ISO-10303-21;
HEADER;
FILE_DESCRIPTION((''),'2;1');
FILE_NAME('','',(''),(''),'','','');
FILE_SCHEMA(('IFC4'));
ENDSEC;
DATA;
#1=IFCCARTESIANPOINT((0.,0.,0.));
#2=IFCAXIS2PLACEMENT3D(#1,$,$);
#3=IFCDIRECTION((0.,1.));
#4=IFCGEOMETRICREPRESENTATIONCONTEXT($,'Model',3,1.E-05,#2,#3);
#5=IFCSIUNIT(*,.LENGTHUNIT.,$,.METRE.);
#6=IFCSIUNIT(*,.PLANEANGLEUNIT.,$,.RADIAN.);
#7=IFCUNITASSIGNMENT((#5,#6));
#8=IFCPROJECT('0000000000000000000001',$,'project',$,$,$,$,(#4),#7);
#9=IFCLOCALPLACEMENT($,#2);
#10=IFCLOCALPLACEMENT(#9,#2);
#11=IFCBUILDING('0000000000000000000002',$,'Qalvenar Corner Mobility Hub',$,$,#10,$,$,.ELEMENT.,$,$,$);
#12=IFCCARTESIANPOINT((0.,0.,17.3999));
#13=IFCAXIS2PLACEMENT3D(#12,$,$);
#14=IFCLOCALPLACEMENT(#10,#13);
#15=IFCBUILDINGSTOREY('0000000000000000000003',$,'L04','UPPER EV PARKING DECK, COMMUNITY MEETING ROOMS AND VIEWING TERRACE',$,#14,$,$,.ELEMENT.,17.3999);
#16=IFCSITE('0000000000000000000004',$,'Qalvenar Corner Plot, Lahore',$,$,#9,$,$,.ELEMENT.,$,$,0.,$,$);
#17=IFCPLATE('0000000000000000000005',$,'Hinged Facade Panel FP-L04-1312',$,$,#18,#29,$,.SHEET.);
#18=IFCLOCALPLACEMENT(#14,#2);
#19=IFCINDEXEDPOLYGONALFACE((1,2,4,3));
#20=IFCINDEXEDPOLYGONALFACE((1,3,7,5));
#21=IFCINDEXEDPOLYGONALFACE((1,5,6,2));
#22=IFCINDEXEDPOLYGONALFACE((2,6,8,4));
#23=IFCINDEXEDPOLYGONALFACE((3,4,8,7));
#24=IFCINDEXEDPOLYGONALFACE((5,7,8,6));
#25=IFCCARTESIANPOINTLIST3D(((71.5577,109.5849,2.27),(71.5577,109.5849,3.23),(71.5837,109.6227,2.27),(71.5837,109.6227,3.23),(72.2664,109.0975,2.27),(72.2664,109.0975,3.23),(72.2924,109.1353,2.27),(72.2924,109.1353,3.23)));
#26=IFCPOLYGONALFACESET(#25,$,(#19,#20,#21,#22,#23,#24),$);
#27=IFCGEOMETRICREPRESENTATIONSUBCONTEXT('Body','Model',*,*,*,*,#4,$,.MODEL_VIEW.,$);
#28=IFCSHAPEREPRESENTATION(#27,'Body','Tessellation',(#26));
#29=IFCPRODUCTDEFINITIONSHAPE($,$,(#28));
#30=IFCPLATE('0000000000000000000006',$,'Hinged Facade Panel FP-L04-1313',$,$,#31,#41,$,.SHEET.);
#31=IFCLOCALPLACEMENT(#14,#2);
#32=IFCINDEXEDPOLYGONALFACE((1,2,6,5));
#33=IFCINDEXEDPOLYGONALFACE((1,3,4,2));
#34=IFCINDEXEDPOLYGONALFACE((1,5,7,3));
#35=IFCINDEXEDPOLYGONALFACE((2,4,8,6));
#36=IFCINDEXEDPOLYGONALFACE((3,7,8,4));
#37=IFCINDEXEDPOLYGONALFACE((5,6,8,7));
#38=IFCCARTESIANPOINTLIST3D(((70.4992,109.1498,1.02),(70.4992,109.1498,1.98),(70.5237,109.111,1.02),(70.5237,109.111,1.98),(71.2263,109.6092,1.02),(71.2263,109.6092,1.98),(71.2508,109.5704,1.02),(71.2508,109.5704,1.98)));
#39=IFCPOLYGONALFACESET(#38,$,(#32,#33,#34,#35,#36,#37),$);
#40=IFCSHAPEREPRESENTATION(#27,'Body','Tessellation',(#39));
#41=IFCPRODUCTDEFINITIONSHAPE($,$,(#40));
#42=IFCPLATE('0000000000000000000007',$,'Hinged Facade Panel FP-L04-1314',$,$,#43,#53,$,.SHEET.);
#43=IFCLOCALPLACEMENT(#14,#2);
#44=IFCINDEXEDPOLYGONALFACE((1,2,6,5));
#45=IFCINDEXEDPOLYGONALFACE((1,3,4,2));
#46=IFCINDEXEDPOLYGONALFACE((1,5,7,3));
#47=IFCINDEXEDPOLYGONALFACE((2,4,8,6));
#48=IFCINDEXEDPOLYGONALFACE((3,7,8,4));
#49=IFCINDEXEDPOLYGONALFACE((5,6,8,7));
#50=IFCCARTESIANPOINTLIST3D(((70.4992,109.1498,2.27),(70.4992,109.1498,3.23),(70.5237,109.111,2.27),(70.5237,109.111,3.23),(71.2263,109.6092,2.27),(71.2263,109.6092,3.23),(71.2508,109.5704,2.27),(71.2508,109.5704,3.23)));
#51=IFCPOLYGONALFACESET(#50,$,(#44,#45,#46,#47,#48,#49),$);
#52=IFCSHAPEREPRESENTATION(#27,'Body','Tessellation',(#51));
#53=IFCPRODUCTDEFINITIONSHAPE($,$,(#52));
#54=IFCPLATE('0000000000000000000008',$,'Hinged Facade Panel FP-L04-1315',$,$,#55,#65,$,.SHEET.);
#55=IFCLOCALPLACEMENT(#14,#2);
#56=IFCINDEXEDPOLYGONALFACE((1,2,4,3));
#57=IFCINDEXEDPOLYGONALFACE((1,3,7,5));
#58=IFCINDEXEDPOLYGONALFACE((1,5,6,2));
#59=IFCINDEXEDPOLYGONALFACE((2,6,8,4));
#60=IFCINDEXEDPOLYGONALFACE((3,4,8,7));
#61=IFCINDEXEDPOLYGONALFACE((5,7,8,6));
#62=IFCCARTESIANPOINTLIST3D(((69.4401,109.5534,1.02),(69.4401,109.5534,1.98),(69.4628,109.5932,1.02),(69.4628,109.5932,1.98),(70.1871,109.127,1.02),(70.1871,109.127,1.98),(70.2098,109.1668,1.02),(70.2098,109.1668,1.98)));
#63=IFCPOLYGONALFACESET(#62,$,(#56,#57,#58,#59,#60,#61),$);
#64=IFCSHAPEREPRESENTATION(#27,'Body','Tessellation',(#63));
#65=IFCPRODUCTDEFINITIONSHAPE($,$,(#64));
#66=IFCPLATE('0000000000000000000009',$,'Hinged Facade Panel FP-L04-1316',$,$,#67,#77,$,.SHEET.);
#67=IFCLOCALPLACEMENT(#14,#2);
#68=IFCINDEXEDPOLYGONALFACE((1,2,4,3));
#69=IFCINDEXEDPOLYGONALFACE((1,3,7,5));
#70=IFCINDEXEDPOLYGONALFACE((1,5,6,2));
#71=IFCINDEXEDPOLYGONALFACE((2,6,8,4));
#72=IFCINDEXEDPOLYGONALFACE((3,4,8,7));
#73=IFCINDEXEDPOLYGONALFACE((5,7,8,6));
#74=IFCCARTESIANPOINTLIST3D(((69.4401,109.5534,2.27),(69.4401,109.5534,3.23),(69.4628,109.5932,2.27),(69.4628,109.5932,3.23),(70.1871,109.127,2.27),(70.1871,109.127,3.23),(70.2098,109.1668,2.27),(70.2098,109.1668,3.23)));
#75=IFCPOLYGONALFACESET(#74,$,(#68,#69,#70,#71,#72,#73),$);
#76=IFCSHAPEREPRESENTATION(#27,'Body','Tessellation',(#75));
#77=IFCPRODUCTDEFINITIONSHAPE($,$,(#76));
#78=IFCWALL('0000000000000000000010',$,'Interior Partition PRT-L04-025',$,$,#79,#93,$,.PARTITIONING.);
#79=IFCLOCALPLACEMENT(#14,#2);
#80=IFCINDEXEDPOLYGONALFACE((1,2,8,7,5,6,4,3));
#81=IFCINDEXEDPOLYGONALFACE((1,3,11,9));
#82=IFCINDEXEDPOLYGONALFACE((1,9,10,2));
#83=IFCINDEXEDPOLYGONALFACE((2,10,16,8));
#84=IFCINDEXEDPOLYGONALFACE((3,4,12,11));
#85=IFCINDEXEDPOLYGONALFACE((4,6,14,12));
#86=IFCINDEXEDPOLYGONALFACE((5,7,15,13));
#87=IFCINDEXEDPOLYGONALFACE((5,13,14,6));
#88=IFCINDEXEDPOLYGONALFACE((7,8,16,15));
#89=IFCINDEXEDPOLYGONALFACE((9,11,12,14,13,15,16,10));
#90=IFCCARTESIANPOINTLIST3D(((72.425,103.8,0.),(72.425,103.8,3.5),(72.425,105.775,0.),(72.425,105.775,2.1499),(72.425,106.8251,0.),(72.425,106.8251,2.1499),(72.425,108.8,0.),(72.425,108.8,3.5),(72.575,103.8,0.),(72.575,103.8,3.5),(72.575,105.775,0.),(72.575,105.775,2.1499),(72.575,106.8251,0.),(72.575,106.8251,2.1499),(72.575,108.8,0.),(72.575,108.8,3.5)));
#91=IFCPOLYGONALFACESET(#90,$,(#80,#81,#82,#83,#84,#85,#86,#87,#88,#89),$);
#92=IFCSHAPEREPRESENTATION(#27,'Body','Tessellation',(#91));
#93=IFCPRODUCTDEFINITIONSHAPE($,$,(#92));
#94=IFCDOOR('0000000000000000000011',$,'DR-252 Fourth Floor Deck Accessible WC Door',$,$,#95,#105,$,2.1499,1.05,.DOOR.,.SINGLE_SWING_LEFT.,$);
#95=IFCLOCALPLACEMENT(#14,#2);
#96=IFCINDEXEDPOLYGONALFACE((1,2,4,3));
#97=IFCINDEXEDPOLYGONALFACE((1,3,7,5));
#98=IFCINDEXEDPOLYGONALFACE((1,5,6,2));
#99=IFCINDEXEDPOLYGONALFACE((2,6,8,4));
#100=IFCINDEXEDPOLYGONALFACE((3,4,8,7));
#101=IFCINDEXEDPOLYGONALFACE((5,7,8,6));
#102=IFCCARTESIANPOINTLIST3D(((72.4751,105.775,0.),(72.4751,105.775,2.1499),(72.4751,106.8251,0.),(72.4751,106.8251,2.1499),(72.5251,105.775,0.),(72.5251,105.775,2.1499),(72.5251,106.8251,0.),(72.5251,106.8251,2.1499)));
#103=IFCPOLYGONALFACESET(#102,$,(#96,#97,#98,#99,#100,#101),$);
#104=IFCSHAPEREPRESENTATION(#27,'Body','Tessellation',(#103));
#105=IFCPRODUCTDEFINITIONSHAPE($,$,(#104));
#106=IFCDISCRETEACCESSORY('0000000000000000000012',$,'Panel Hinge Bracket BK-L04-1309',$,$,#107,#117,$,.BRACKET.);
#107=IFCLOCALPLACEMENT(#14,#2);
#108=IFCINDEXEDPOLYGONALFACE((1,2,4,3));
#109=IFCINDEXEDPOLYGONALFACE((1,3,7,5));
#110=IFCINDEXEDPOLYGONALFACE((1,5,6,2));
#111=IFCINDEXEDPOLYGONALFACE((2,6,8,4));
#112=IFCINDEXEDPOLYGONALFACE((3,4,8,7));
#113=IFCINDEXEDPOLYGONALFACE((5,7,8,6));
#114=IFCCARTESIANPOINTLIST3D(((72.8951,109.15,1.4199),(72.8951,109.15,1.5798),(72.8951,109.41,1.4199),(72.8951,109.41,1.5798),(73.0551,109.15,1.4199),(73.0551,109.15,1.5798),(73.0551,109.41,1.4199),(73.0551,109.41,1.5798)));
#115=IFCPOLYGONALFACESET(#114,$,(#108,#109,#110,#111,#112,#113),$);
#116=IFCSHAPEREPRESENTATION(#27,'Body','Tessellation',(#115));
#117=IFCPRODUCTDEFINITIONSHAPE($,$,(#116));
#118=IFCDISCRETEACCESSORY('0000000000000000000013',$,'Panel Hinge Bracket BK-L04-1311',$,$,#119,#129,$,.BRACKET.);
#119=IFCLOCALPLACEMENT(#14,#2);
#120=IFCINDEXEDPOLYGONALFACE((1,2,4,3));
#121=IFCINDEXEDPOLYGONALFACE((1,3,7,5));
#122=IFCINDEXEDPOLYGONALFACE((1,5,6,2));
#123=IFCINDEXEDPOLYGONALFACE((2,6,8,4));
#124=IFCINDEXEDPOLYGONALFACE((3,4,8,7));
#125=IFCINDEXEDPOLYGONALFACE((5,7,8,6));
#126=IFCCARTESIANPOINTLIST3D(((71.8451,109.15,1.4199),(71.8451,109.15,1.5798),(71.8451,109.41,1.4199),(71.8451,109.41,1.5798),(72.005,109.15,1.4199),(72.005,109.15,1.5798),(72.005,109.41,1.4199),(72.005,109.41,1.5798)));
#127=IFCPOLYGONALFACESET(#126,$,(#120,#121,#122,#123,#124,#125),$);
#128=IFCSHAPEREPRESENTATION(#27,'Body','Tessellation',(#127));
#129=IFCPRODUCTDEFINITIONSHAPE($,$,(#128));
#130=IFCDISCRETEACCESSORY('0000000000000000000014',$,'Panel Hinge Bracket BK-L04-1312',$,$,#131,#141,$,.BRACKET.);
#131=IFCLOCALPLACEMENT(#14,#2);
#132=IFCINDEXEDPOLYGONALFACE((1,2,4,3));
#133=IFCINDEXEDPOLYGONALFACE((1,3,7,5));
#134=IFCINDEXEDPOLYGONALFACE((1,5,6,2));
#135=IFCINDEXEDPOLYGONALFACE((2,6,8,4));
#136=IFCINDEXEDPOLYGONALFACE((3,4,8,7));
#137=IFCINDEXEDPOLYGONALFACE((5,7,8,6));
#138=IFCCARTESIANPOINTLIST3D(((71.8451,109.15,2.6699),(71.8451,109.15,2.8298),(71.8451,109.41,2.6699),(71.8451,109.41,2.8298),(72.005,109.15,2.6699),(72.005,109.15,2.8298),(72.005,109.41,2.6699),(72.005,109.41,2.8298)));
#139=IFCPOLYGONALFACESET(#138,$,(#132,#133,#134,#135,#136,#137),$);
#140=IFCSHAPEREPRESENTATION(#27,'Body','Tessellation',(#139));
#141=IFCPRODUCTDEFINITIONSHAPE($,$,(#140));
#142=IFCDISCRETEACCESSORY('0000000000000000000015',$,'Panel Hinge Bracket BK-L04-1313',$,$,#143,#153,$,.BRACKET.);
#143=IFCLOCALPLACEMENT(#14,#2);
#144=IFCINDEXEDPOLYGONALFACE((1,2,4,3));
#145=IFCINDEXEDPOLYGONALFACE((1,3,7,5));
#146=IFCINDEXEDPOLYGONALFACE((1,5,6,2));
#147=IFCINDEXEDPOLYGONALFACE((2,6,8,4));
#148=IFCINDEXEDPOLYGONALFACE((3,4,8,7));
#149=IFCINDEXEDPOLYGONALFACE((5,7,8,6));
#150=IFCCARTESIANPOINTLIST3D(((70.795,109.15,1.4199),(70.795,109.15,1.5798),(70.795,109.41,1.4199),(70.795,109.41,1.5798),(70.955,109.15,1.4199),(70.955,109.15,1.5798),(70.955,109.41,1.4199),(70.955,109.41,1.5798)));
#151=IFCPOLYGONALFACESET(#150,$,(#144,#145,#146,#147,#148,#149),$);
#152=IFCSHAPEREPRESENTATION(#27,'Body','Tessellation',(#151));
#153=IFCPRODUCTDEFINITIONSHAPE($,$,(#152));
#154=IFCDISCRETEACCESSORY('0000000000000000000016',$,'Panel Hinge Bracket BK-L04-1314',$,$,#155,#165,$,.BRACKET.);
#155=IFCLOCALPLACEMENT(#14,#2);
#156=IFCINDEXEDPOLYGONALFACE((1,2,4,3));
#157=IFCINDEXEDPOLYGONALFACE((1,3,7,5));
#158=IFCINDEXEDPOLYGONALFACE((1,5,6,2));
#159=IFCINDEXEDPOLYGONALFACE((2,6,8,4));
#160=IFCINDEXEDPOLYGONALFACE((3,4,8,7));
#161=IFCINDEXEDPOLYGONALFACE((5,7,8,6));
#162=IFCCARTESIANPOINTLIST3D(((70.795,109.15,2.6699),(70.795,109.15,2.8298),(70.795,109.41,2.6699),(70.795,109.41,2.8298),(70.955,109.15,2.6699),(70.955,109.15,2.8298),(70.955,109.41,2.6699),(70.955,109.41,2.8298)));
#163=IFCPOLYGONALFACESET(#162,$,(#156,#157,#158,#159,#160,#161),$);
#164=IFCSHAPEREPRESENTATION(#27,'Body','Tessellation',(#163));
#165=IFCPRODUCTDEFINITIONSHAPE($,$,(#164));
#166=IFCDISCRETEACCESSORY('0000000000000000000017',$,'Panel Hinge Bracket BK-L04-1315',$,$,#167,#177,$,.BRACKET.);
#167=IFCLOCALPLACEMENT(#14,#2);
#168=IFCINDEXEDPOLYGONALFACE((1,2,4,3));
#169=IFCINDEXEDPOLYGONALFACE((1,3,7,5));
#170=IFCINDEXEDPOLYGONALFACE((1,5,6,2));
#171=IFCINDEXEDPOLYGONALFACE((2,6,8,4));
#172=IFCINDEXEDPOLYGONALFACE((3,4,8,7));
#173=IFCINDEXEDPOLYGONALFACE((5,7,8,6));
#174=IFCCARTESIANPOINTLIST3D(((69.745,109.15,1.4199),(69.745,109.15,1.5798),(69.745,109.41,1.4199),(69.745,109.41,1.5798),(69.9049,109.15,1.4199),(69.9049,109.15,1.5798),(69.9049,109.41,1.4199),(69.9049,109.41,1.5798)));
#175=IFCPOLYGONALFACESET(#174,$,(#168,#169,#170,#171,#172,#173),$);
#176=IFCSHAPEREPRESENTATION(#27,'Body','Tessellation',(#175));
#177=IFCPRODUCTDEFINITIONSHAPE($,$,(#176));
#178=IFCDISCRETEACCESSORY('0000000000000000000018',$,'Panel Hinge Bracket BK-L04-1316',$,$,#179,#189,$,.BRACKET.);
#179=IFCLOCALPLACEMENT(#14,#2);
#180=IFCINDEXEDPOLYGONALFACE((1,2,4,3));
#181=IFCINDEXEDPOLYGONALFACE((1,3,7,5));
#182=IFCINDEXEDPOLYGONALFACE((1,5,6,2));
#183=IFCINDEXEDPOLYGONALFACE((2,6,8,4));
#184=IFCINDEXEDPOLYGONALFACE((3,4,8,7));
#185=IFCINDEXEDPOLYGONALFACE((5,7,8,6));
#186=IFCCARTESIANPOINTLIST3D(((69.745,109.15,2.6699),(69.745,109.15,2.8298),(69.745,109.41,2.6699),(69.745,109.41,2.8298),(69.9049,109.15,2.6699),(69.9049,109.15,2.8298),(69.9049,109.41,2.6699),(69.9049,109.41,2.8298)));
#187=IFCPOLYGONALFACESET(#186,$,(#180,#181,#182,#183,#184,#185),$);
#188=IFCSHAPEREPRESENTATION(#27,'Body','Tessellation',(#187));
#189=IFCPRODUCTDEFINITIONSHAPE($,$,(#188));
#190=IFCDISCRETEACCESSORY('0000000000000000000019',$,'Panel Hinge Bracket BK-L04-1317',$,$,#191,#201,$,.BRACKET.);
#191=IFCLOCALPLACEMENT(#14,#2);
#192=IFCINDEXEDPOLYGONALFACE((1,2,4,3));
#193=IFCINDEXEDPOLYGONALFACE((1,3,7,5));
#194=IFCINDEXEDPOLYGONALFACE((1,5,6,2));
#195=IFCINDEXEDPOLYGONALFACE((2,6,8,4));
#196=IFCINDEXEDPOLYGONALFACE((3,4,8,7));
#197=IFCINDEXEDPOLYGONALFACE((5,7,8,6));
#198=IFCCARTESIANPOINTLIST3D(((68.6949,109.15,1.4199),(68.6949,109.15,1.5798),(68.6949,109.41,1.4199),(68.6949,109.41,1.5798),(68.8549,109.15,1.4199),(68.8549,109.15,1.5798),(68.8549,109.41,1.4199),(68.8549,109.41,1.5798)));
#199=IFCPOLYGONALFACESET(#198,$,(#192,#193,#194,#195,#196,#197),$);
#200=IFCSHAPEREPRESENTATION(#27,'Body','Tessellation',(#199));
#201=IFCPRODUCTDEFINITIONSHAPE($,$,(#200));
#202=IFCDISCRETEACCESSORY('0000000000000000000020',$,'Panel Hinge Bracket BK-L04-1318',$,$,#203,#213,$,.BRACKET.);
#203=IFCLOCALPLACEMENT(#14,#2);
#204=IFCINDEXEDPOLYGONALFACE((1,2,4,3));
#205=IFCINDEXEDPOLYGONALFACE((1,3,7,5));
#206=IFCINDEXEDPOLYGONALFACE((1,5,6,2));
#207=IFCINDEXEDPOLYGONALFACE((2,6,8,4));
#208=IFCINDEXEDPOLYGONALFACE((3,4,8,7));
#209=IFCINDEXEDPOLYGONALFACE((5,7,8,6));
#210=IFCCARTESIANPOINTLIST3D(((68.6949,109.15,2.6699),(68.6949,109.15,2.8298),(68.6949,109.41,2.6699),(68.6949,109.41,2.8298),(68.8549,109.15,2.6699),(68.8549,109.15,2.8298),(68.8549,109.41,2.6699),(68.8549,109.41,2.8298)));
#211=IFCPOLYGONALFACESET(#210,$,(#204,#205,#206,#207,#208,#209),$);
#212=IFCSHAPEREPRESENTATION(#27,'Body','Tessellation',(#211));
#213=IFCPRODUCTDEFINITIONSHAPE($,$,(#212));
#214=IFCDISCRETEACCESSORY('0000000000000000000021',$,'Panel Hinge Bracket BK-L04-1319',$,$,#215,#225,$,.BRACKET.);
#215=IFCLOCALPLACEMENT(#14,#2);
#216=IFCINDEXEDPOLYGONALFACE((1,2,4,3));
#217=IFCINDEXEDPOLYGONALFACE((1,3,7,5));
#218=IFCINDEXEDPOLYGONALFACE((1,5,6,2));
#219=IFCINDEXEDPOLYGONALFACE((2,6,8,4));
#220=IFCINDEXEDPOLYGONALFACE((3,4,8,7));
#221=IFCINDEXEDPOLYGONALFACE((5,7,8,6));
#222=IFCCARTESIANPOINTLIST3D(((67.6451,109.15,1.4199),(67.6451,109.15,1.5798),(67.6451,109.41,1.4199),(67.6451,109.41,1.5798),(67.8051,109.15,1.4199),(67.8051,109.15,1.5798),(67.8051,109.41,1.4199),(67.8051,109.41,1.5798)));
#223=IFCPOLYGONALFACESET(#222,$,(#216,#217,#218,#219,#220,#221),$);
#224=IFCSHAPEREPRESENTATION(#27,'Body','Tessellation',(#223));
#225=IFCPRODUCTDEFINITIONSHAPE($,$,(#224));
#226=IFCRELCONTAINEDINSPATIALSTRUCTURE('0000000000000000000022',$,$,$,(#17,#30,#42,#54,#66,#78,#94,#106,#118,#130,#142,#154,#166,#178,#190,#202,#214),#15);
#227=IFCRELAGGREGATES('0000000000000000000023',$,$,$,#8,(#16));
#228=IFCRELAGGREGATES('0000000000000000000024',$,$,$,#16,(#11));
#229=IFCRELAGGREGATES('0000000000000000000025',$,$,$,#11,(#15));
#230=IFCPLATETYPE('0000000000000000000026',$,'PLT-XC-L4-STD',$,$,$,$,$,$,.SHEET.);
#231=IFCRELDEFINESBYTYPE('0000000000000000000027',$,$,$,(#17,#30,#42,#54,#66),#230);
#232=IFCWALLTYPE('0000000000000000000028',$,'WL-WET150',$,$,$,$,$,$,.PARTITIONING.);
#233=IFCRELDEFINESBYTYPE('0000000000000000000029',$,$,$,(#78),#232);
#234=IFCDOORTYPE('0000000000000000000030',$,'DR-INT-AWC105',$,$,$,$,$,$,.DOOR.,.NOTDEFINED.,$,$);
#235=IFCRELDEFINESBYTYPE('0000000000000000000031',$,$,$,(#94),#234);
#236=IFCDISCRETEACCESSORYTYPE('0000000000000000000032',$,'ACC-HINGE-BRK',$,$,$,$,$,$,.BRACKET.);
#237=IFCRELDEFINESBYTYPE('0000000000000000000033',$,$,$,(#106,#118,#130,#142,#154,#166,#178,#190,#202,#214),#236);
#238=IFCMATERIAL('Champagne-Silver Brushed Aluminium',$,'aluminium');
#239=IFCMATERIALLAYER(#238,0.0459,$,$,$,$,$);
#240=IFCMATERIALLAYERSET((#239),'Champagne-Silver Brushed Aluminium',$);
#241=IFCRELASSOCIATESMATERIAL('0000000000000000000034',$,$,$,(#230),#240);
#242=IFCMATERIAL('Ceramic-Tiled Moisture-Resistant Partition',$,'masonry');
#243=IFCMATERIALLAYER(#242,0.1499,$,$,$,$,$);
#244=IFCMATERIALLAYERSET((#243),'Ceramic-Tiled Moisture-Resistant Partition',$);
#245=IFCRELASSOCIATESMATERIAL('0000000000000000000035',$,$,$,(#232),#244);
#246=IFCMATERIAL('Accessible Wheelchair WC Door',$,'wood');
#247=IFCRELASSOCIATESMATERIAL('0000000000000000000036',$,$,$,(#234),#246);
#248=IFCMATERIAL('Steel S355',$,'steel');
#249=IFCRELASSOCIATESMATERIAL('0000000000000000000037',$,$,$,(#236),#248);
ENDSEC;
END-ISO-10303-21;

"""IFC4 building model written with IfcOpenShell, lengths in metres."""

from ifc_helpers import new_model, si_unit, direction, frame, frame_2d, origin, origin_2d, place, context, subcontext, project, spatial, rectangle, extrude, material, layer, layer_set, type_object, element, fill, save


model = new_model("IFC4")

# Units and contexts
model_context = context("Model", 3, precision=1e-05, world=origin(), true_north=direction((0.0, 1.0)))
body_context = subcontext(model_context, "Body", "Model", "MODEL_VIEW")
ifc_project = project(units=[si_unit("LENGTHUNIT", "METRE"), si_unit("PLANEANGLEUNIT", "RADIAN")], contexts=[model_context])

# Site, building, storey
site_placement = place(None, origin())
site = spatial("IfcSite", under=ifc_project, at=site_placement, Name="Qalvenar Corner Plot, Lahore", CompositionType="ELEMENT", RefElevation=0.0)
building_placement = place(site_placement, origin())
building = spatial("IfcBuilding", under=site, at=building_placement, Name="Qalvenar Corner Mobility Hub", CompositionType="ELEMENT")
storey_placement = place(building_placement, frame((0.0, 0.0, 17.3999)))
storey = spatial("IfcBuildingStorey", under=building, at=storey_placement, Name="L04", Description="UPPER EV PARKING DECK, COMMUNITY MEETING ROOMS AND VIEWING TERRACE", CompositionType="ELEMENT", Elevation=17.3999)

# Shared definitions
ifc_material_1 = material(Name="Steel S355", Category="steel")

# Plates
ifc_material_2 = material(Name="Champagne-Silver Brushed Aluminium", Category="aluminium")
ifc_layer_1 = layer(ifc_material_2, 0.0459)
ifc_layer_set_1 = layer_set([ifc_layer_1], Name="Champagne-Silver Brushed Aluminium")
plate_type_1 = type_object("IfcPlateType", Name="PLT-XC-L4-STD", PredefinedType="SHEET", material=ifc_layer_set_1)
for number, where, z_axis, x_axis, name in (
    (1, (71.925, 109.3601, 2.27), (0.0, 0.0, 1.0), (-0.823928, 0.566694, 0.0), "Hinged Facade Panel FP-L04-1312"),
    (2, (70.875, 109.3601, 1.02), (0.0, 0.0, 1.0), (-0.845448, -0.534057, 0.0), "Hinged Facade Panel FP-L04-1313"),
    (3, (70.875, 109.3601, 2.27), (0.0, 0.0, 1.0), (-0.845448, -0.534057, 0.0), "Hinged Facade Panel FP-L04-1314"),
    (4, (69.825, 109.3601, 1.02), (0.0, 0.0, 1.0), (-0.868459, 0.495762, 0.0), "Hinged Facade Panel FP-L04-1315"),
    (5, (69.825, 109.3601, 2.27), (0.0, 0.0, 1.0), (-0.868459, 0.495762, 0.0), "Hinged Facade Panel FP-L04-1316"),
):
    element("IfcPlate", number, at=place(storey_placement, frame(where, z_axis=z_axis, x_axis=x_axis)), inside=storey, type_object=plate_type_1, Name=name, PredefinedType="SHEET", context=body_context, shape_type="SweptSolid", body=[
        extrude(rectangle(XDim=0.8601, YDim=0.0459, at=origin_2d()), origin(), (0.0, 0.0, 1.0), 0.96),
    ])

# Wall, opening, door
ifc_material_3 = material(Name="Ceramic-Tiled Moisture-Resistant Partition", Category="masonry")
ifc_layer_2 = layer(ifc_material_3, 0.1499)
ifc_layer_set_2 = layer_set([ifc_layer_2], Name="Ceramic-Tiled Moisture-Resistant Partition")
wall_type = type_object("IfcWallType", Name="WL-WET150", PredefinedType="PARTITIONING", material=ifc_layer_set_2)
wall_placement = place(storey_placement, frame((72.5, 103.8, 0.0), z_axis=(0.0, 0.0, 1.0), x_axis=(0.0, 1.0, 0.0)))
wall = element("IfcWall", 6, at=wall_placement, inside=storey, type_object=wall_type, Name="Interior Partition PRT-L04-025", PredefinedType="PARTITIONING", context=body_context, shape_type="SweptSolid", body=[
    extrude(rectangle(XDim=5.0, YDim=0.1499, at=frame_2d((2.5, 0.0))), origin(), (0.0, 0.0, 1.0), 3.5),
])
opening_placement = place(wall_placement, frame((1.9751, 0.0, 0.0)))
opening = element("IfcOpeningElement", 7, at=opening_placement, cuts=wall, PredefinedType="OPENING", context=body_context, shape_type="SweptSolid", body=[
    extrude(rectangle(XDim=1.05, YDim=2.1499, at=frame_2d((0.5249, 1.075))), frame((0.0, 0.085, 0.0), z_axis=(0.0, -1.0, 0.0), x_axis=(1.0, 0.0, 0.0)), (0.0, 0.0, 1.0), 0.1699),
])
ifc_material_4 = material(Name="Accessible Wheelchair WC Door", Category="wood")
door_type = type_object("IfcDoorType", Name="DR-INT-AWC105", OperationType="NOTDEFINED", PredefinedType="DOOR", material=ifc_material_4)
door_placement = place(opening_placement, origin())
door = element("IfcDoor", 8, at=door_placement, inside=storey, type_object=door_type, Name="DR-252 Fourth Floor Deck Accessible WC Door", OperationType="SINGLE_SWING_LEFT", OverallHeight=2.1499, OverallWidth=1.05, PredefinedType="DOOR", context=body_context, shape_type="SweptSolid", body=[
    extrude(rectangle(XDim=1.05, YDim=2.1499, at=frame_2d((0.5249, 1.075))), frame((0.0, 0.0249, 0.0), z_axis=(0.0, -1.0, 0.0), x_axis=(1.0, 0.0, 0.0)), (0.0, 0.0, 1.0), 0.05),
])
fill(opening, door)

# Discrete accessories
discrete_accessory_type = type_object("IfcDiscreteAccessoryType", Name="ACC-HINGE-BRK", PredefinedType="BRACKET", material=ifc_material_1)
for number, where, z_axis, x_axis, name in (
    (9, (72.9751, 109.28, 1.4199), (0.0, 0.0, 1.0), (-1.0, 0.0, 0.0), "Panel Hinge Bracket BK-L04-1309"),
    (10, (71.925, 109.28, 1.4199), (0.0, 0.0, 1.0), (-1.0, 0.0, 0.0), "Panel Hinge Bracket BK-L04-1311"),
    (11, (71.925, 109.28, 2.6699), (0.0, 0.0, 1.0), (-1.0, 0.0, 0.0), "Panel Hinge Bracket BK-L04-1312"),
    (12, (70.875, 109.28, 1.4199), (0.0, 0.0, 1.0), (-1.0, 0.0, 0.0), "Panel Hinge Bracket BK-L04-1313"),
    (13, (70.875, 109.28, 2.6699), (0.0, 0.0, 1.0), (-1.0, 0.0, 0.0), "Panel Hinge Bracket BK-L04-1314"),
    (14, (69.825, 109.28, 1.4199), (0.0, 0.0, 1.0), (-1.0, 0.0, 0.0), "Panel Hinge Bracket BK-L04-1315"),
    (15, (69.825, 109.28, 2.6699), (0.0, 0.0, 1.0), (-1.0, 0.0, 0.0), "Panel Hinge Bracket BK-L04-1316"),
    (16, (68.7749, 109.28, 1.4199), (0.0, 0.0, 1.0), (-1.0, 0.0, 0.0), "Panel Hinge Bracket BK-L04-1317"),
    (17, (68.7749, 109.28, 2.6699), (0.0, 0.0, 1.0), (-1.0, 0.0, 0.0), "Panel Hinge Bracket BK-L04-1318"),
    (18, (67.7251, 109.28, 1.4199), (0.0, 0.0, 1.0), (-1.0, 0.0, 0.0), "Panel Hinge Bracket BK-L04-1319"),
):
    element("IfcDiscreteAccessory", number, at=place(storey_placement, frame(where, z_axis=z_axis, x_axis=x_axis)), inside=storey, type_object=discrete_accessory_type, Name=name, PredefinedType="BRACKET", context=body_context, shape_type="SweptSolid", body=[
        extrude(rectangle(XDim=0.1599, YDim=0.26, at=origin_2d()), origin(), (0.0, 0.0, 1.0), 0.1599),
    ])

save(model, "model.ifc")
